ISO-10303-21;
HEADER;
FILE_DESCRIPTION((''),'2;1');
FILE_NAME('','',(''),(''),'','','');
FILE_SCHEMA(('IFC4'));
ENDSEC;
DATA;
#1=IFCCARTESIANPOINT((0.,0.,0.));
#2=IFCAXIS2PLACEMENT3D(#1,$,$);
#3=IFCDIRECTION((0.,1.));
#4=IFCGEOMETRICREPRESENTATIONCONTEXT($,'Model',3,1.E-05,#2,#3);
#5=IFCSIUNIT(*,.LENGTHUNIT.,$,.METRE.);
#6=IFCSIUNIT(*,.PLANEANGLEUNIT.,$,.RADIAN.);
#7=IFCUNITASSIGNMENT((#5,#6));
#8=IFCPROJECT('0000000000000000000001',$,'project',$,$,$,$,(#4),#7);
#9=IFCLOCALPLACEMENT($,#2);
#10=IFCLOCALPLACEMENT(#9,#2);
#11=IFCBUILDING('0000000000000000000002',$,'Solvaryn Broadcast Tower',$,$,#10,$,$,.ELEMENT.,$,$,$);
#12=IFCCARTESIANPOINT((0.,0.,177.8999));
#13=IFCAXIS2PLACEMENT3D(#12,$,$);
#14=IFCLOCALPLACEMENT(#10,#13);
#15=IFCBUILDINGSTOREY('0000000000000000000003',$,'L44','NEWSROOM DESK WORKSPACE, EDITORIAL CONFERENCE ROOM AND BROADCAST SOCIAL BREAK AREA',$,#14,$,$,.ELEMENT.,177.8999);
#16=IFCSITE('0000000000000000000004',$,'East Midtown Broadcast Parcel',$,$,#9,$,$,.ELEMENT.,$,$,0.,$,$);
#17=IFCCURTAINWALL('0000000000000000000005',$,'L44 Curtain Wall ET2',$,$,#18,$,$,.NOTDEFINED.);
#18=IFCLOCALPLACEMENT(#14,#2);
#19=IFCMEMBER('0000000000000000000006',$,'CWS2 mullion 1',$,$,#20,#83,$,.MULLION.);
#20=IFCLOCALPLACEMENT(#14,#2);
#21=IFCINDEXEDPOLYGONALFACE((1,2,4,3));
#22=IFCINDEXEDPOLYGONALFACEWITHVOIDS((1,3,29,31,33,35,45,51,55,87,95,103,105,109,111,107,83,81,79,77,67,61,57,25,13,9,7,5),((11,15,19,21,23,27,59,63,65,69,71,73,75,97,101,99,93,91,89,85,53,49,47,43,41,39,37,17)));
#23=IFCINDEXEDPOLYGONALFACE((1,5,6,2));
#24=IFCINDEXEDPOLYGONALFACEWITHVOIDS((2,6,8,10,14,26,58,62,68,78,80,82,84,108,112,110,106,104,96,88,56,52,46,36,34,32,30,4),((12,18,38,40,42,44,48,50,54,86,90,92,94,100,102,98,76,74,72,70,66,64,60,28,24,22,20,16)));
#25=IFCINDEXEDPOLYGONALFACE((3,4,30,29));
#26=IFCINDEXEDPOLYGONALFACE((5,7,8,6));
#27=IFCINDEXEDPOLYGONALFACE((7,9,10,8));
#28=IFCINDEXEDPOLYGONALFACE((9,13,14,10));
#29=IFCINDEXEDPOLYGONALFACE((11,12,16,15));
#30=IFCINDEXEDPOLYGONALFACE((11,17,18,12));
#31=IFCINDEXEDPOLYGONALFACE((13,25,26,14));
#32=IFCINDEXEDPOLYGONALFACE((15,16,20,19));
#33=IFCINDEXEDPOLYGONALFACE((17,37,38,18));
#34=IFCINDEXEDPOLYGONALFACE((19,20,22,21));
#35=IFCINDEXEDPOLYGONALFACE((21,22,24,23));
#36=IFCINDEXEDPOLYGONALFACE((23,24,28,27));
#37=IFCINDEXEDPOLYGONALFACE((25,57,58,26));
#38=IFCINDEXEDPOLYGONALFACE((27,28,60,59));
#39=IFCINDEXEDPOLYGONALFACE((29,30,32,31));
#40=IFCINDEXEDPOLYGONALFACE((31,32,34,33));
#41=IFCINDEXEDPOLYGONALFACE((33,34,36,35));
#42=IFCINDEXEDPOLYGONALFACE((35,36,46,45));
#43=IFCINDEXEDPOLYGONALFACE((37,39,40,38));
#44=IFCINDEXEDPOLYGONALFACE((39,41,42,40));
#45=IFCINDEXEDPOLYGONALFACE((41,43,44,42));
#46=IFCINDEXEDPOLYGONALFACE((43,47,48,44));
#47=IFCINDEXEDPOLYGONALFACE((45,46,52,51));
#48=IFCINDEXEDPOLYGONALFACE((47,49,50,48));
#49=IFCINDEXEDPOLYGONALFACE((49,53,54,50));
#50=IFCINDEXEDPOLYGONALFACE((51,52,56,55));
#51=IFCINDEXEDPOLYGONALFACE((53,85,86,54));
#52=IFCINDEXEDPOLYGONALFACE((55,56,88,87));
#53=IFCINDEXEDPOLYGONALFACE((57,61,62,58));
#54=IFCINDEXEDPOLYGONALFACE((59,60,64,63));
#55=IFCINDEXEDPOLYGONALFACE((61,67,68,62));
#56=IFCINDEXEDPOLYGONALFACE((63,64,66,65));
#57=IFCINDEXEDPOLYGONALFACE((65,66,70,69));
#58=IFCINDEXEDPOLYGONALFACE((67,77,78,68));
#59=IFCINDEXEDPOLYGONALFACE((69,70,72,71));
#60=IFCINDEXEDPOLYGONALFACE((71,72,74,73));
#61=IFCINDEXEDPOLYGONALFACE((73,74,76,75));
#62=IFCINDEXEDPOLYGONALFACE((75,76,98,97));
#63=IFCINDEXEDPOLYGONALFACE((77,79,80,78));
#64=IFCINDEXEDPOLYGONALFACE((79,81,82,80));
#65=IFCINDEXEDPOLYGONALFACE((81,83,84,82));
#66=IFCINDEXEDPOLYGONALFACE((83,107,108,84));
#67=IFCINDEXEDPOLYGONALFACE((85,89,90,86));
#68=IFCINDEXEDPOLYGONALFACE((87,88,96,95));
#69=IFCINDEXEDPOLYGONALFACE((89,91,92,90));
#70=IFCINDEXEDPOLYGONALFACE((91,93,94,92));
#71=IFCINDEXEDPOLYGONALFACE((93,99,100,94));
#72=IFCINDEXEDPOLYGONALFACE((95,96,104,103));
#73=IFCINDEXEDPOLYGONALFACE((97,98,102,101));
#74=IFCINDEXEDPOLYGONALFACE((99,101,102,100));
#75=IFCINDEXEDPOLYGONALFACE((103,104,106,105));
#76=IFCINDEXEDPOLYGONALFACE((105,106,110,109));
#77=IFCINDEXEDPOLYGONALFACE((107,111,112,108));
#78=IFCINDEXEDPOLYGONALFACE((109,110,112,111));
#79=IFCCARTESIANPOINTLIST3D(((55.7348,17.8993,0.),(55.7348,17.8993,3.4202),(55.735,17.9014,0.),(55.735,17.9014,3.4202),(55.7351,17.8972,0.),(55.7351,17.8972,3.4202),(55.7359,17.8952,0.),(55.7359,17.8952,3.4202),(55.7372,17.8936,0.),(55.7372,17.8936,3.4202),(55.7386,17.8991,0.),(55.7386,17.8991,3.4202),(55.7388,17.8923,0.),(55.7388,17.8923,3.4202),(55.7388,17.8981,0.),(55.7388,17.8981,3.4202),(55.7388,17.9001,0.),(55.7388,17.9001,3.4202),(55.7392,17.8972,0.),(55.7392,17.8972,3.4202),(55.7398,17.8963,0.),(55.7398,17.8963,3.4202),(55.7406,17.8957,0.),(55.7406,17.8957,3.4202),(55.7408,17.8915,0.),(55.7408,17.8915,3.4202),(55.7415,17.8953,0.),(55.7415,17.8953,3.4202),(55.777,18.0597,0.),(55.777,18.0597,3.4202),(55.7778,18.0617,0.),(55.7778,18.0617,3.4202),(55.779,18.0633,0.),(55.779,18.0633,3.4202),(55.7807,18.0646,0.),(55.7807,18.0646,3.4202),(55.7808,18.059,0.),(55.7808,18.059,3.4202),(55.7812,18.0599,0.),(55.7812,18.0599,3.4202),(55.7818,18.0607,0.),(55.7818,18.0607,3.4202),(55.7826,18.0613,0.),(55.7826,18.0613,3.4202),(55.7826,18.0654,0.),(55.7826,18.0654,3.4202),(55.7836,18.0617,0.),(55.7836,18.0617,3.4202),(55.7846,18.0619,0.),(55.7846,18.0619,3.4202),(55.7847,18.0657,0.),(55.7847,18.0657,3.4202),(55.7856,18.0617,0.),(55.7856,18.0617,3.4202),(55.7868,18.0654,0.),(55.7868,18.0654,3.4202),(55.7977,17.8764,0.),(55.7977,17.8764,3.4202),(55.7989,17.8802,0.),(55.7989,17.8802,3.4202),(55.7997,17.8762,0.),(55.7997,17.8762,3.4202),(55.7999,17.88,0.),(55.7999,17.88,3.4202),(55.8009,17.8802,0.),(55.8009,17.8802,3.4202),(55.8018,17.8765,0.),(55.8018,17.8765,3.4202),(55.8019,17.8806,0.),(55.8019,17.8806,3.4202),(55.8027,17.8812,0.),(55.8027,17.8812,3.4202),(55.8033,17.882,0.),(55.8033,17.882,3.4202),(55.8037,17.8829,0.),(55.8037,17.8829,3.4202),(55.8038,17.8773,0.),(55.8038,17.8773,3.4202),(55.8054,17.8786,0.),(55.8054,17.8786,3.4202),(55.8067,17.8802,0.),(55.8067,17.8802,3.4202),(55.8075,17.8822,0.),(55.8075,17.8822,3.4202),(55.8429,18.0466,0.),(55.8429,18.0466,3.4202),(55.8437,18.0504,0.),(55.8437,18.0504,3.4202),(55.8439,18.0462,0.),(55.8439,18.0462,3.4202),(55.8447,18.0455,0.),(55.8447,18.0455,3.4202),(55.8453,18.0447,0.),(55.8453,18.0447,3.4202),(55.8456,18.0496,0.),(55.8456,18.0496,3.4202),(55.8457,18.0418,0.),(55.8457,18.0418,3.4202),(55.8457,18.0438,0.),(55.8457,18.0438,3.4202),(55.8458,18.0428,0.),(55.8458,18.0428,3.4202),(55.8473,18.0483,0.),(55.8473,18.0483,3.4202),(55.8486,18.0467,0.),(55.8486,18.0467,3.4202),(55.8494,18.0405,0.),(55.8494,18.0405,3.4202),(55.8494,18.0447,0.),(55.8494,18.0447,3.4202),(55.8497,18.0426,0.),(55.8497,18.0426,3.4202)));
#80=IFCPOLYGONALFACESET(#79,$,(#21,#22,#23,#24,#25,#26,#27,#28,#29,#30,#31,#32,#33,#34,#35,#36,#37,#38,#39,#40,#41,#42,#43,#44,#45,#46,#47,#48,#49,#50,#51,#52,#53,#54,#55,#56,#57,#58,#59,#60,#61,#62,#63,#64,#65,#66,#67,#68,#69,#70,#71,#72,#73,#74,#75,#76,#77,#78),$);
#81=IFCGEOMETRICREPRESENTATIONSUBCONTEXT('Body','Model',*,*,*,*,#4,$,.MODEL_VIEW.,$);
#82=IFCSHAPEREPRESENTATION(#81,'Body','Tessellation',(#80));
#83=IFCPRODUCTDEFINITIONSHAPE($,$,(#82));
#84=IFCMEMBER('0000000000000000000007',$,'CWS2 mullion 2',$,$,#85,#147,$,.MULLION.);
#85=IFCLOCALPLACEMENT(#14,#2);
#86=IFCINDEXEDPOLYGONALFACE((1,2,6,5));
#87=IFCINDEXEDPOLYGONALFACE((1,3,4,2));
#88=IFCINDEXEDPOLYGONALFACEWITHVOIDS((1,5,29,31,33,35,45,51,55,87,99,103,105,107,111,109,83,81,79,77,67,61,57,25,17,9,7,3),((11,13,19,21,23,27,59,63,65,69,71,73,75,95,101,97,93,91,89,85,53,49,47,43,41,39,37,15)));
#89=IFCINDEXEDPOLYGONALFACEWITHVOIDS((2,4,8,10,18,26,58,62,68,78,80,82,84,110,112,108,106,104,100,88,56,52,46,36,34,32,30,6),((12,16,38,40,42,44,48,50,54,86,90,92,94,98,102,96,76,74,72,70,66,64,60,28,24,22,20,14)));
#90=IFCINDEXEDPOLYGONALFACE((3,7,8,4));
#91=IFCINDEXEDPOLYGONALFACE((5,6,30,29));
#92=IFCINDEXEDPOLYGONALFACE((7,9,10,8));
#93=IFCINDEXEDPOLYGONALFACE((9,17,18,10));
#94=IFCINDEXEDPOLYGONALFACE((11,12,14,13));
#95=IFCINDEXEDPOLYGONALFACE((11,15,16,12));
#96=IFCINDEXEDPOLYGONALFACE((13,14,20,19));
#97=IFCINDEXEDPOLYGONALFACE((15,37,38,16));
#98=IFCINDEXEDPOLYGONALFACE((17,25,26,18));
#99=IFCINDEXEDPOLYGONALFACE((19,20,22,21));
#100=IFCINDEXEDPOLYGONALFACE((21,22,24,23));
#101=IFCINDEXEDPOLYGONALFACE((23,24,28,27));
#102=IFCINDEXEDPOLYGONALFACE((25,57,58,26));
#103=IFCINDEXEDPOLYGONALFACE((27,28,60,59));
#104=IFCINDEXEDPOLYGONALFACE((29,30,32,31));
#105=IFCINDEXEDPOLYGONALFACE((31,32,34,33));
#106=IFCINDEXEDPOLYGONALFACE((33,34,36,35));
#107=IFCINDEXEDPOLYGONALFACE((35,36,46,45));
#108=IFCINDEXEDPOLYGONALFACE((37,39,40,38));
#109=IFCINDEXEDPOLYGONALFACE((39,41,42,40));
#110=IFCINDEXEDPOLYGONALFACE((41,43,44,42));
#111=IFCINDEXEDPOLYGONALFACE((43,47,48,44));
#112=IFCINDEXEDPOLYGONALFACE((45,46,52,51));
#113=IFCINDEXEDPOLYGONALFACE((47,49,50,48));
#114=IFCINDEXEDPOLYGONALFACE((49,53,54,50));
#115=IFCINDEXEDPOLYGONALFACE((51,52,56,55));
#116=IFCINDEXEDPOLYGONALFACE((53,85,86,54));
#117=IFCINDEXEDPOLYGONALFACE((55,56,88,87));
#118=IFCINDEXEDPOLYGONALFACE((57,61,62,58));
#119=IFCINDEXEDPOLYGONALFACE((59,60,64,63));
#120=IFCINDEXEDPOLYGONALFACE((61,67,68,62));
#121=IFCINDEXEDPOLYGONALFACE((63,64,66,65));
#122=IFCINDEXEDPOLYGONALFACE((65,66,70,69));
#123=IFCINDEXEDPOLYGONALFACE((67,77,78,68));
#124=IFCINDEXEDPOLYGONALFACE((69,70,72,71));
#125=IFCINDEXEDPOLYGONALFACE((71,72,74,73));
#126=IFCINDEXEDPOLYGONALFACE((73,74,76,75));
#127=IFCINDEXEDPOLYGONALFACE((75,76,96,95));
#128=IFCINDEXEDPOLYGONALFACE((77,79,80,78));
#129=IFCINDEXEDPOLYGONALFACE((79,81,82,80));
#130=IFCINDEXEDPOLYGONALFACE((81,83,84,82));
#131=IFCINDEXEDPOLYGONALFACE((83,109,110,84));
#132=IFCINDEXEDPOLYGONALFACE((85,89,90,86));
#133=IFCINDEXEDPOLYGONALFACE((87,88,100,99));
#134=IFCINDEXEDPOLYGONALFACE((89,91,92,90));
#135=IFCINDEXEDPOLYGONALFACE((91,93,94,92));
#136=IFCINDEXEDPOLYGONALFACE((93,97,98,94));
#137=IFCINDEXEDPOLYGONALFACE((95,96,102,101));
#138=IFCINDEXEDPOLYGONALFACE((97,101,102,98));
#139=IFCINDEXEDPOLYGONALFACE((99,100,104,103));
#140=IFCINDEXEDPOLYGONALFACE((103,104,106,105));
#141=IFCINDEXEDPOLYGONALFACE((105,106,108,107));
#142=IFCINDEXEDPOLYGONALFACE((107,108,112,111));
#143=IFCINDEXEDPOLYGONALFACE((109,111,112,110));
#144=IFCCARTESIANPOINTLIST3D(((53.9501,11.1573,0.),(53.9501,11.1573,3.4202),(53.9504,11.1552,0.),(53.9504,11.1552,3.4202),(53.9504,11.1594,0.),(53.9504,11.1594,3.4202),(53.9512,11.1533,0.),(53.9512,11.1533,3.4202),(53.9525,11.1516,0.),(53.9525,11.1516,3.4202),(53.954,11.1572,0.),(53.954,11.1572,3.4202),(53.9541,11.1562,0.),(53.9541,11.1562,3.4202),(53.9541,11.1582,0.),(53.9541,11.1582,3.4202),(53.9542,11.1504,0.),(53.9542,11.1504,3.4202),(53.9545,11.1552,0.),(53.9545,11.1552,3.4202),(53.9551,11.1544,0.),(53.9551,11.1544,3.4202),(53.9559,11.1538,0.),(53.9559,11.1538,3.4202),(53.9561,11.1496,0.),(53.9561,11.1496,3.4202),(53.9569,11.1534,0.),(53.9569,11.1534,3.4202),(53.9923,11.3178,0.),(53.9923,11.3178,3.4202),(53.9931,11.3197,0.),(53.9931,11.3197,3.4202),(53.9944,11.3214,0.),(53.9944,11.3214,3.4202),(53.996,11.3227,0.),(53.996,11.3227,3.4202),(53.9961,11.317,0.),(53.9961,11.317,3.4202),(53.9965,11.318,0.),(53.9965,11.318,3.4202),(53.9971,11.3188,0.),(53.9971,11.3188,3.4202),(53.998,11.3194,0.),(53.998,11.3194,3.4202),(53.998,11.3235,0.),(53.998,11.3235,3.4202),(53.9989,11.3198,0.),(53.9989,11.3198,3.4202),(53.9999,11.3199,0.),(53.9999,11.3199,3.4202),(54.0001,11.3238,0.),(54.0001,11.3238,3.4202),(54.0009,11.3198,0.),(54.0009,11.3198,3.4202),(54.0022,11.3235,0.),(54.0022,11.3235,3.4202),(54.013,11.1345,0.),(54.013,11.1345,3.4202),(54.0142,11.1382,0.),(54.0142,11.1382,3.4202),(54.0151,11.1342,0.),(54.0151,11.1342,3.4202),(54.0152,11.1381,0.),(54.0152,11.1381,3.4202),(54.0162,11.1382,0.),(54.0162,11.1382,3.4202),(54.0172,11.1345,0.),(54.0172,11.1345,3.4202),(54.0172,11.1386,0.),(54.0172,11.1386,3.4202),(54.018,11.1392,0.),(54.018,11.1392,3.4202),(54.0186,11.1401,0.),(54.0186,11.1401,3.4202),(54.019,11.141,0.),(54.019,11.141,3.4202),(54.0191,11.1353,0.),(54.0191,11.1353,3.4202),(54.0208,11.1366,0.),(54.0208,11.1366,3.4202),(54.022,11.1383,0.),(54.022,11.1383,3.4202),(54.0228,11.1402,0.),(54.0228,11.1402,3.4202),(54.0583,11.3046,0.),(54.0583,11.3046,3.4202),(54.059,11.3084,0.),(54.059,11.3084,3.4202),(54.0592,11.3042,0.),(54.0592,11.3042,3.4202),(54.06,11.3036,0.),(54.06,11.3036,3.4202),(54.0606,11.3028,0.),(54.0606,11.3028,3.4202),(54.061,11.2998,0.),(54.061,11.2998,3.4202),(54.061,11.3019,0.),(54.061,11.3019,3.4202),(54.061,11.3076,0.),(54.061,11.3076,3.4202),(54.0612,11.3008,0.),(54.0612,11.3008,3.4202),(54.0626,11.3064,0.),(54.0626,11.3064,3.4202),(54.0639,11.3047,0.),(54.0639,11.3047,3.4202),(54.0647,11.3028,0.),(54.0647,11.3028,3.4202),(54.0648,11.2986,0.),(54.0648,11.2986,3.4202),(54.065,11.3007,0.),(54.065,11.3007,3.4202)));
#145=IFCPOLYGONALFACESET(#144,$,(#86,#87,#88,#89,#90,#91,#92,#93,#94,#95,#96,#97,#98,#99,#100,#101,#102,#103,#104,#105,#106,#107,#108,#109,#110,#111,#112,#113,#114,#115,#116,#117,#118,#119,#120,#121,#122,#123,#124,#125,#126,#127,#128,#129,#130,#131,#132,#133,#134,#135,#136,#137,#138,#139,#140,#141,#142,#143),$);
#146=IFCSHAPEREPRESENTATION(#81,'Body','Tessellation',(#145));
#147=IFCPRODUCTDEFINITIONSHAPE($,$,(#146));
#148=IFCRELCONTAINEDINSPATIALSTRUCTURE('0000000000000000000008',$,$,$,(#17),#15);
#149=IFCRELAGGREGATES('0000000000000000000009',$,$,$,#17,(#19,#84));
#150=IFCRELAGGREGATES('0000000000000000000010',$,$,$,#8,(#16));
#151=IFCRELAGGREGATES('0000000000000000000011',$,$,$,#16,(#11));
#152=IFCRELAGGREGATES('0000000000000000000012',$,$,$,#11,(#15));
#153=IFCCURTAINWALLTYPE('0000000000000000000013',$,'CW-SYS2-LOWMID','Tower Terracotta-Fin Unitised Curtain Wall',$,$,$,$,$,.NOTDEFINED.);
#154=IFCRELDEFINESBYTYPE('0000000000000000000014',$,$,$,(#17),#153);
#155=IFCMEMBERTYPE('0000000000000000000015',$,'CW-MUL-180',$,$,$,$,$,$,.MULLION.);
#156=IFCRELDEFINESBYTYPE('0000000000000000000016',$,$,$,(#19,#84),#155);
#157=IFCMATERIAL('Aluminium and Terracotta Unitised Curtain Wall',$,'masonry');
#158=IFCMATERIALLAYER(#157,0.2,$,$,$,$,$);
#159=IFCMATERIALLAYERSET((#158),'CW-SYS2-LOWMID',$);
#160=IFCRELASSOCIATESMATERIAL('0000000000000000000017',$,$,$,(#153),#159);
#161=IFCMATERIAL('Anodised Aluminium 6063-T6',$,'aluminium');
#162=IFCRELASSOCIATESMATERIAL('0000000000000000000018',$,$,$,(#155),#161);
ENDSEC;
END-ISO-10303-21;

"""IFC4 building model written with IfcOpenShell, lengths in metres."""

from ifc_helpers import new_model, si_unit, direction, frame, origin, origin_2d, place, context, subcontext, project, spatial, hollow_rectangle, extrude, material, layer, layer_set, material_profile, profile_set, type_object, element, aggregate, save


model = new_model("IFC4")

# Units and contexts
model_context = context("Model", 3, precision=1e-05, world=origin(), true_north=direction((0.0, 1.0)))
body_context = subcontext(model_context, "Body", "Model", "MODEL_VIEW")
ifc_project = project(units=[si_unit("LENGTHUNIT", "METRE"), si_unit("PLANEANGLEUNIT", "RADIAN")], contexts=[model_context])

# Site, building, storey
site_placement = place(None, origin())
site = spatial("IfcSite", under=ifc_project, at=site_placement, Name="East Midtown Broadcast Parcel", CompositionType="ELEMENT", RefElevation=0.0)
building_placement = place(site_placement, origin())
building = spatial("IfcBuilding", under=site, at=building_placement, Name="Solvaryn Broadcast Tower", CompositionType="ELEMENT")
storey_placement = place(building_placement, frame((0.0, 0.0, 177.8999)))
storey = spatial("IfcBuildingStorey", under=building, at=storey_placement, Name="L44", Description="NEWSROOM DESK WORKSPACE, EDITORIAL CONFERENCE ROOM AND BROADCAST SOCIAL BREAK AREA", CompositionType="ELEMENT", Elevation=177.8999)

# Shared definitions
ifc_material_1 = material(Name="Aluminium and Terracotta Unitised Curtain Wall", Category="masonry")
ifc_layer_1 = layer(ifc_material_1, 0.2)
ifc_layer_set_1 = layer_set([ifc_layer_1], Name="CW-SYS2-LOWMID")
curtain_wall_type = type_object("IfcCurtainWallType", Name="CW-SYS2-LOWMID", Description="Tower Terracotta-Fin Unitised Curtain Wall", PredefinedType="NOTDEFINED", material=ifc_layer_set_1)
ifc_material_2 = material(Name="Anodised Aluminium 6063-T6", Category="aluminium")
ifc_material_profile_1 = material_profile(ifc_material_2, hollow_rectangle(XDim=0.075, YDim=0.1799, WallThickness=0.0039, InnerFilletRadius=0.0039, OuterFilletRadius=0.0081, at=origin_2d()))
ifc_profile_set_1 = profile_set([ifc_material_profile_1], Name="Anodised Aluminium 6063-T6")
member_type_1 = type_object("IfcMemberType", Name="CW-MUL-180", PredefinedType="MULLION", material=ifc_profile_set_1)

# Curtain wall, members
curtain_wall_1_placement = place(storey_placement, origin())
curtain_wall_1 = element("IfcCurtainWall", 1, at=curtain_wall_1_placement, inside=storey, type_object=curtain_wall_type, Name="L44 Curtain Wall ET2", PredefinedType="NOTDEFINED")
member_1_placement = place(storey_placement, frame((55.7922, 17.9709, 0.0), z_axis=(0.0, 0.0, 1.0), x_axis=(0.966705, -0.255893, 0.0)))
member_1 = element("IfcMember", 2, at=member_1_placement, type_object=member_type_1, Name="CWS2 mullion 1", PredefinedType="MULLION", context=body_context, shape_type="SweptSolid", body=[
    extrude(hollow_rectangle(XDim=0.075, YDim=0.1799, WallThickness=0.0039, InnerFilletRadius=0.0039, OuterFilletRadius=0.0081, at=origin_2d()), origin(), (0.0, 0.0, 1.0), 3.4202),
])
member_2_placement = place(storey_placement, frame((54.0076, 11.229, 0.0), z_axis=(0.0, 0.0, 1.0), x_axis=(0.966705, -0.255893, 0.0)))
member_2 = element("IfcMember", 3, at=member_2_placement, type_object=member_type_1, Name="CWS2 mullion 2", PredefinedType="MULLION", context=body_context, shape_type="SweptSolid", body=[
    extrude(hollow_rectangle(XDim=0.075, YDim=0.1799, WallThickness=0.0039, InnerFilletRadius=0.0039, OuterFilletRadius=0.0081, at=origin_2d()), origin(), (0.0, 0.0, 1.0), 3.4202),
])
aggregate(curtain_wall_1, [member_1, member_2])

save(model, "model.ifc")
